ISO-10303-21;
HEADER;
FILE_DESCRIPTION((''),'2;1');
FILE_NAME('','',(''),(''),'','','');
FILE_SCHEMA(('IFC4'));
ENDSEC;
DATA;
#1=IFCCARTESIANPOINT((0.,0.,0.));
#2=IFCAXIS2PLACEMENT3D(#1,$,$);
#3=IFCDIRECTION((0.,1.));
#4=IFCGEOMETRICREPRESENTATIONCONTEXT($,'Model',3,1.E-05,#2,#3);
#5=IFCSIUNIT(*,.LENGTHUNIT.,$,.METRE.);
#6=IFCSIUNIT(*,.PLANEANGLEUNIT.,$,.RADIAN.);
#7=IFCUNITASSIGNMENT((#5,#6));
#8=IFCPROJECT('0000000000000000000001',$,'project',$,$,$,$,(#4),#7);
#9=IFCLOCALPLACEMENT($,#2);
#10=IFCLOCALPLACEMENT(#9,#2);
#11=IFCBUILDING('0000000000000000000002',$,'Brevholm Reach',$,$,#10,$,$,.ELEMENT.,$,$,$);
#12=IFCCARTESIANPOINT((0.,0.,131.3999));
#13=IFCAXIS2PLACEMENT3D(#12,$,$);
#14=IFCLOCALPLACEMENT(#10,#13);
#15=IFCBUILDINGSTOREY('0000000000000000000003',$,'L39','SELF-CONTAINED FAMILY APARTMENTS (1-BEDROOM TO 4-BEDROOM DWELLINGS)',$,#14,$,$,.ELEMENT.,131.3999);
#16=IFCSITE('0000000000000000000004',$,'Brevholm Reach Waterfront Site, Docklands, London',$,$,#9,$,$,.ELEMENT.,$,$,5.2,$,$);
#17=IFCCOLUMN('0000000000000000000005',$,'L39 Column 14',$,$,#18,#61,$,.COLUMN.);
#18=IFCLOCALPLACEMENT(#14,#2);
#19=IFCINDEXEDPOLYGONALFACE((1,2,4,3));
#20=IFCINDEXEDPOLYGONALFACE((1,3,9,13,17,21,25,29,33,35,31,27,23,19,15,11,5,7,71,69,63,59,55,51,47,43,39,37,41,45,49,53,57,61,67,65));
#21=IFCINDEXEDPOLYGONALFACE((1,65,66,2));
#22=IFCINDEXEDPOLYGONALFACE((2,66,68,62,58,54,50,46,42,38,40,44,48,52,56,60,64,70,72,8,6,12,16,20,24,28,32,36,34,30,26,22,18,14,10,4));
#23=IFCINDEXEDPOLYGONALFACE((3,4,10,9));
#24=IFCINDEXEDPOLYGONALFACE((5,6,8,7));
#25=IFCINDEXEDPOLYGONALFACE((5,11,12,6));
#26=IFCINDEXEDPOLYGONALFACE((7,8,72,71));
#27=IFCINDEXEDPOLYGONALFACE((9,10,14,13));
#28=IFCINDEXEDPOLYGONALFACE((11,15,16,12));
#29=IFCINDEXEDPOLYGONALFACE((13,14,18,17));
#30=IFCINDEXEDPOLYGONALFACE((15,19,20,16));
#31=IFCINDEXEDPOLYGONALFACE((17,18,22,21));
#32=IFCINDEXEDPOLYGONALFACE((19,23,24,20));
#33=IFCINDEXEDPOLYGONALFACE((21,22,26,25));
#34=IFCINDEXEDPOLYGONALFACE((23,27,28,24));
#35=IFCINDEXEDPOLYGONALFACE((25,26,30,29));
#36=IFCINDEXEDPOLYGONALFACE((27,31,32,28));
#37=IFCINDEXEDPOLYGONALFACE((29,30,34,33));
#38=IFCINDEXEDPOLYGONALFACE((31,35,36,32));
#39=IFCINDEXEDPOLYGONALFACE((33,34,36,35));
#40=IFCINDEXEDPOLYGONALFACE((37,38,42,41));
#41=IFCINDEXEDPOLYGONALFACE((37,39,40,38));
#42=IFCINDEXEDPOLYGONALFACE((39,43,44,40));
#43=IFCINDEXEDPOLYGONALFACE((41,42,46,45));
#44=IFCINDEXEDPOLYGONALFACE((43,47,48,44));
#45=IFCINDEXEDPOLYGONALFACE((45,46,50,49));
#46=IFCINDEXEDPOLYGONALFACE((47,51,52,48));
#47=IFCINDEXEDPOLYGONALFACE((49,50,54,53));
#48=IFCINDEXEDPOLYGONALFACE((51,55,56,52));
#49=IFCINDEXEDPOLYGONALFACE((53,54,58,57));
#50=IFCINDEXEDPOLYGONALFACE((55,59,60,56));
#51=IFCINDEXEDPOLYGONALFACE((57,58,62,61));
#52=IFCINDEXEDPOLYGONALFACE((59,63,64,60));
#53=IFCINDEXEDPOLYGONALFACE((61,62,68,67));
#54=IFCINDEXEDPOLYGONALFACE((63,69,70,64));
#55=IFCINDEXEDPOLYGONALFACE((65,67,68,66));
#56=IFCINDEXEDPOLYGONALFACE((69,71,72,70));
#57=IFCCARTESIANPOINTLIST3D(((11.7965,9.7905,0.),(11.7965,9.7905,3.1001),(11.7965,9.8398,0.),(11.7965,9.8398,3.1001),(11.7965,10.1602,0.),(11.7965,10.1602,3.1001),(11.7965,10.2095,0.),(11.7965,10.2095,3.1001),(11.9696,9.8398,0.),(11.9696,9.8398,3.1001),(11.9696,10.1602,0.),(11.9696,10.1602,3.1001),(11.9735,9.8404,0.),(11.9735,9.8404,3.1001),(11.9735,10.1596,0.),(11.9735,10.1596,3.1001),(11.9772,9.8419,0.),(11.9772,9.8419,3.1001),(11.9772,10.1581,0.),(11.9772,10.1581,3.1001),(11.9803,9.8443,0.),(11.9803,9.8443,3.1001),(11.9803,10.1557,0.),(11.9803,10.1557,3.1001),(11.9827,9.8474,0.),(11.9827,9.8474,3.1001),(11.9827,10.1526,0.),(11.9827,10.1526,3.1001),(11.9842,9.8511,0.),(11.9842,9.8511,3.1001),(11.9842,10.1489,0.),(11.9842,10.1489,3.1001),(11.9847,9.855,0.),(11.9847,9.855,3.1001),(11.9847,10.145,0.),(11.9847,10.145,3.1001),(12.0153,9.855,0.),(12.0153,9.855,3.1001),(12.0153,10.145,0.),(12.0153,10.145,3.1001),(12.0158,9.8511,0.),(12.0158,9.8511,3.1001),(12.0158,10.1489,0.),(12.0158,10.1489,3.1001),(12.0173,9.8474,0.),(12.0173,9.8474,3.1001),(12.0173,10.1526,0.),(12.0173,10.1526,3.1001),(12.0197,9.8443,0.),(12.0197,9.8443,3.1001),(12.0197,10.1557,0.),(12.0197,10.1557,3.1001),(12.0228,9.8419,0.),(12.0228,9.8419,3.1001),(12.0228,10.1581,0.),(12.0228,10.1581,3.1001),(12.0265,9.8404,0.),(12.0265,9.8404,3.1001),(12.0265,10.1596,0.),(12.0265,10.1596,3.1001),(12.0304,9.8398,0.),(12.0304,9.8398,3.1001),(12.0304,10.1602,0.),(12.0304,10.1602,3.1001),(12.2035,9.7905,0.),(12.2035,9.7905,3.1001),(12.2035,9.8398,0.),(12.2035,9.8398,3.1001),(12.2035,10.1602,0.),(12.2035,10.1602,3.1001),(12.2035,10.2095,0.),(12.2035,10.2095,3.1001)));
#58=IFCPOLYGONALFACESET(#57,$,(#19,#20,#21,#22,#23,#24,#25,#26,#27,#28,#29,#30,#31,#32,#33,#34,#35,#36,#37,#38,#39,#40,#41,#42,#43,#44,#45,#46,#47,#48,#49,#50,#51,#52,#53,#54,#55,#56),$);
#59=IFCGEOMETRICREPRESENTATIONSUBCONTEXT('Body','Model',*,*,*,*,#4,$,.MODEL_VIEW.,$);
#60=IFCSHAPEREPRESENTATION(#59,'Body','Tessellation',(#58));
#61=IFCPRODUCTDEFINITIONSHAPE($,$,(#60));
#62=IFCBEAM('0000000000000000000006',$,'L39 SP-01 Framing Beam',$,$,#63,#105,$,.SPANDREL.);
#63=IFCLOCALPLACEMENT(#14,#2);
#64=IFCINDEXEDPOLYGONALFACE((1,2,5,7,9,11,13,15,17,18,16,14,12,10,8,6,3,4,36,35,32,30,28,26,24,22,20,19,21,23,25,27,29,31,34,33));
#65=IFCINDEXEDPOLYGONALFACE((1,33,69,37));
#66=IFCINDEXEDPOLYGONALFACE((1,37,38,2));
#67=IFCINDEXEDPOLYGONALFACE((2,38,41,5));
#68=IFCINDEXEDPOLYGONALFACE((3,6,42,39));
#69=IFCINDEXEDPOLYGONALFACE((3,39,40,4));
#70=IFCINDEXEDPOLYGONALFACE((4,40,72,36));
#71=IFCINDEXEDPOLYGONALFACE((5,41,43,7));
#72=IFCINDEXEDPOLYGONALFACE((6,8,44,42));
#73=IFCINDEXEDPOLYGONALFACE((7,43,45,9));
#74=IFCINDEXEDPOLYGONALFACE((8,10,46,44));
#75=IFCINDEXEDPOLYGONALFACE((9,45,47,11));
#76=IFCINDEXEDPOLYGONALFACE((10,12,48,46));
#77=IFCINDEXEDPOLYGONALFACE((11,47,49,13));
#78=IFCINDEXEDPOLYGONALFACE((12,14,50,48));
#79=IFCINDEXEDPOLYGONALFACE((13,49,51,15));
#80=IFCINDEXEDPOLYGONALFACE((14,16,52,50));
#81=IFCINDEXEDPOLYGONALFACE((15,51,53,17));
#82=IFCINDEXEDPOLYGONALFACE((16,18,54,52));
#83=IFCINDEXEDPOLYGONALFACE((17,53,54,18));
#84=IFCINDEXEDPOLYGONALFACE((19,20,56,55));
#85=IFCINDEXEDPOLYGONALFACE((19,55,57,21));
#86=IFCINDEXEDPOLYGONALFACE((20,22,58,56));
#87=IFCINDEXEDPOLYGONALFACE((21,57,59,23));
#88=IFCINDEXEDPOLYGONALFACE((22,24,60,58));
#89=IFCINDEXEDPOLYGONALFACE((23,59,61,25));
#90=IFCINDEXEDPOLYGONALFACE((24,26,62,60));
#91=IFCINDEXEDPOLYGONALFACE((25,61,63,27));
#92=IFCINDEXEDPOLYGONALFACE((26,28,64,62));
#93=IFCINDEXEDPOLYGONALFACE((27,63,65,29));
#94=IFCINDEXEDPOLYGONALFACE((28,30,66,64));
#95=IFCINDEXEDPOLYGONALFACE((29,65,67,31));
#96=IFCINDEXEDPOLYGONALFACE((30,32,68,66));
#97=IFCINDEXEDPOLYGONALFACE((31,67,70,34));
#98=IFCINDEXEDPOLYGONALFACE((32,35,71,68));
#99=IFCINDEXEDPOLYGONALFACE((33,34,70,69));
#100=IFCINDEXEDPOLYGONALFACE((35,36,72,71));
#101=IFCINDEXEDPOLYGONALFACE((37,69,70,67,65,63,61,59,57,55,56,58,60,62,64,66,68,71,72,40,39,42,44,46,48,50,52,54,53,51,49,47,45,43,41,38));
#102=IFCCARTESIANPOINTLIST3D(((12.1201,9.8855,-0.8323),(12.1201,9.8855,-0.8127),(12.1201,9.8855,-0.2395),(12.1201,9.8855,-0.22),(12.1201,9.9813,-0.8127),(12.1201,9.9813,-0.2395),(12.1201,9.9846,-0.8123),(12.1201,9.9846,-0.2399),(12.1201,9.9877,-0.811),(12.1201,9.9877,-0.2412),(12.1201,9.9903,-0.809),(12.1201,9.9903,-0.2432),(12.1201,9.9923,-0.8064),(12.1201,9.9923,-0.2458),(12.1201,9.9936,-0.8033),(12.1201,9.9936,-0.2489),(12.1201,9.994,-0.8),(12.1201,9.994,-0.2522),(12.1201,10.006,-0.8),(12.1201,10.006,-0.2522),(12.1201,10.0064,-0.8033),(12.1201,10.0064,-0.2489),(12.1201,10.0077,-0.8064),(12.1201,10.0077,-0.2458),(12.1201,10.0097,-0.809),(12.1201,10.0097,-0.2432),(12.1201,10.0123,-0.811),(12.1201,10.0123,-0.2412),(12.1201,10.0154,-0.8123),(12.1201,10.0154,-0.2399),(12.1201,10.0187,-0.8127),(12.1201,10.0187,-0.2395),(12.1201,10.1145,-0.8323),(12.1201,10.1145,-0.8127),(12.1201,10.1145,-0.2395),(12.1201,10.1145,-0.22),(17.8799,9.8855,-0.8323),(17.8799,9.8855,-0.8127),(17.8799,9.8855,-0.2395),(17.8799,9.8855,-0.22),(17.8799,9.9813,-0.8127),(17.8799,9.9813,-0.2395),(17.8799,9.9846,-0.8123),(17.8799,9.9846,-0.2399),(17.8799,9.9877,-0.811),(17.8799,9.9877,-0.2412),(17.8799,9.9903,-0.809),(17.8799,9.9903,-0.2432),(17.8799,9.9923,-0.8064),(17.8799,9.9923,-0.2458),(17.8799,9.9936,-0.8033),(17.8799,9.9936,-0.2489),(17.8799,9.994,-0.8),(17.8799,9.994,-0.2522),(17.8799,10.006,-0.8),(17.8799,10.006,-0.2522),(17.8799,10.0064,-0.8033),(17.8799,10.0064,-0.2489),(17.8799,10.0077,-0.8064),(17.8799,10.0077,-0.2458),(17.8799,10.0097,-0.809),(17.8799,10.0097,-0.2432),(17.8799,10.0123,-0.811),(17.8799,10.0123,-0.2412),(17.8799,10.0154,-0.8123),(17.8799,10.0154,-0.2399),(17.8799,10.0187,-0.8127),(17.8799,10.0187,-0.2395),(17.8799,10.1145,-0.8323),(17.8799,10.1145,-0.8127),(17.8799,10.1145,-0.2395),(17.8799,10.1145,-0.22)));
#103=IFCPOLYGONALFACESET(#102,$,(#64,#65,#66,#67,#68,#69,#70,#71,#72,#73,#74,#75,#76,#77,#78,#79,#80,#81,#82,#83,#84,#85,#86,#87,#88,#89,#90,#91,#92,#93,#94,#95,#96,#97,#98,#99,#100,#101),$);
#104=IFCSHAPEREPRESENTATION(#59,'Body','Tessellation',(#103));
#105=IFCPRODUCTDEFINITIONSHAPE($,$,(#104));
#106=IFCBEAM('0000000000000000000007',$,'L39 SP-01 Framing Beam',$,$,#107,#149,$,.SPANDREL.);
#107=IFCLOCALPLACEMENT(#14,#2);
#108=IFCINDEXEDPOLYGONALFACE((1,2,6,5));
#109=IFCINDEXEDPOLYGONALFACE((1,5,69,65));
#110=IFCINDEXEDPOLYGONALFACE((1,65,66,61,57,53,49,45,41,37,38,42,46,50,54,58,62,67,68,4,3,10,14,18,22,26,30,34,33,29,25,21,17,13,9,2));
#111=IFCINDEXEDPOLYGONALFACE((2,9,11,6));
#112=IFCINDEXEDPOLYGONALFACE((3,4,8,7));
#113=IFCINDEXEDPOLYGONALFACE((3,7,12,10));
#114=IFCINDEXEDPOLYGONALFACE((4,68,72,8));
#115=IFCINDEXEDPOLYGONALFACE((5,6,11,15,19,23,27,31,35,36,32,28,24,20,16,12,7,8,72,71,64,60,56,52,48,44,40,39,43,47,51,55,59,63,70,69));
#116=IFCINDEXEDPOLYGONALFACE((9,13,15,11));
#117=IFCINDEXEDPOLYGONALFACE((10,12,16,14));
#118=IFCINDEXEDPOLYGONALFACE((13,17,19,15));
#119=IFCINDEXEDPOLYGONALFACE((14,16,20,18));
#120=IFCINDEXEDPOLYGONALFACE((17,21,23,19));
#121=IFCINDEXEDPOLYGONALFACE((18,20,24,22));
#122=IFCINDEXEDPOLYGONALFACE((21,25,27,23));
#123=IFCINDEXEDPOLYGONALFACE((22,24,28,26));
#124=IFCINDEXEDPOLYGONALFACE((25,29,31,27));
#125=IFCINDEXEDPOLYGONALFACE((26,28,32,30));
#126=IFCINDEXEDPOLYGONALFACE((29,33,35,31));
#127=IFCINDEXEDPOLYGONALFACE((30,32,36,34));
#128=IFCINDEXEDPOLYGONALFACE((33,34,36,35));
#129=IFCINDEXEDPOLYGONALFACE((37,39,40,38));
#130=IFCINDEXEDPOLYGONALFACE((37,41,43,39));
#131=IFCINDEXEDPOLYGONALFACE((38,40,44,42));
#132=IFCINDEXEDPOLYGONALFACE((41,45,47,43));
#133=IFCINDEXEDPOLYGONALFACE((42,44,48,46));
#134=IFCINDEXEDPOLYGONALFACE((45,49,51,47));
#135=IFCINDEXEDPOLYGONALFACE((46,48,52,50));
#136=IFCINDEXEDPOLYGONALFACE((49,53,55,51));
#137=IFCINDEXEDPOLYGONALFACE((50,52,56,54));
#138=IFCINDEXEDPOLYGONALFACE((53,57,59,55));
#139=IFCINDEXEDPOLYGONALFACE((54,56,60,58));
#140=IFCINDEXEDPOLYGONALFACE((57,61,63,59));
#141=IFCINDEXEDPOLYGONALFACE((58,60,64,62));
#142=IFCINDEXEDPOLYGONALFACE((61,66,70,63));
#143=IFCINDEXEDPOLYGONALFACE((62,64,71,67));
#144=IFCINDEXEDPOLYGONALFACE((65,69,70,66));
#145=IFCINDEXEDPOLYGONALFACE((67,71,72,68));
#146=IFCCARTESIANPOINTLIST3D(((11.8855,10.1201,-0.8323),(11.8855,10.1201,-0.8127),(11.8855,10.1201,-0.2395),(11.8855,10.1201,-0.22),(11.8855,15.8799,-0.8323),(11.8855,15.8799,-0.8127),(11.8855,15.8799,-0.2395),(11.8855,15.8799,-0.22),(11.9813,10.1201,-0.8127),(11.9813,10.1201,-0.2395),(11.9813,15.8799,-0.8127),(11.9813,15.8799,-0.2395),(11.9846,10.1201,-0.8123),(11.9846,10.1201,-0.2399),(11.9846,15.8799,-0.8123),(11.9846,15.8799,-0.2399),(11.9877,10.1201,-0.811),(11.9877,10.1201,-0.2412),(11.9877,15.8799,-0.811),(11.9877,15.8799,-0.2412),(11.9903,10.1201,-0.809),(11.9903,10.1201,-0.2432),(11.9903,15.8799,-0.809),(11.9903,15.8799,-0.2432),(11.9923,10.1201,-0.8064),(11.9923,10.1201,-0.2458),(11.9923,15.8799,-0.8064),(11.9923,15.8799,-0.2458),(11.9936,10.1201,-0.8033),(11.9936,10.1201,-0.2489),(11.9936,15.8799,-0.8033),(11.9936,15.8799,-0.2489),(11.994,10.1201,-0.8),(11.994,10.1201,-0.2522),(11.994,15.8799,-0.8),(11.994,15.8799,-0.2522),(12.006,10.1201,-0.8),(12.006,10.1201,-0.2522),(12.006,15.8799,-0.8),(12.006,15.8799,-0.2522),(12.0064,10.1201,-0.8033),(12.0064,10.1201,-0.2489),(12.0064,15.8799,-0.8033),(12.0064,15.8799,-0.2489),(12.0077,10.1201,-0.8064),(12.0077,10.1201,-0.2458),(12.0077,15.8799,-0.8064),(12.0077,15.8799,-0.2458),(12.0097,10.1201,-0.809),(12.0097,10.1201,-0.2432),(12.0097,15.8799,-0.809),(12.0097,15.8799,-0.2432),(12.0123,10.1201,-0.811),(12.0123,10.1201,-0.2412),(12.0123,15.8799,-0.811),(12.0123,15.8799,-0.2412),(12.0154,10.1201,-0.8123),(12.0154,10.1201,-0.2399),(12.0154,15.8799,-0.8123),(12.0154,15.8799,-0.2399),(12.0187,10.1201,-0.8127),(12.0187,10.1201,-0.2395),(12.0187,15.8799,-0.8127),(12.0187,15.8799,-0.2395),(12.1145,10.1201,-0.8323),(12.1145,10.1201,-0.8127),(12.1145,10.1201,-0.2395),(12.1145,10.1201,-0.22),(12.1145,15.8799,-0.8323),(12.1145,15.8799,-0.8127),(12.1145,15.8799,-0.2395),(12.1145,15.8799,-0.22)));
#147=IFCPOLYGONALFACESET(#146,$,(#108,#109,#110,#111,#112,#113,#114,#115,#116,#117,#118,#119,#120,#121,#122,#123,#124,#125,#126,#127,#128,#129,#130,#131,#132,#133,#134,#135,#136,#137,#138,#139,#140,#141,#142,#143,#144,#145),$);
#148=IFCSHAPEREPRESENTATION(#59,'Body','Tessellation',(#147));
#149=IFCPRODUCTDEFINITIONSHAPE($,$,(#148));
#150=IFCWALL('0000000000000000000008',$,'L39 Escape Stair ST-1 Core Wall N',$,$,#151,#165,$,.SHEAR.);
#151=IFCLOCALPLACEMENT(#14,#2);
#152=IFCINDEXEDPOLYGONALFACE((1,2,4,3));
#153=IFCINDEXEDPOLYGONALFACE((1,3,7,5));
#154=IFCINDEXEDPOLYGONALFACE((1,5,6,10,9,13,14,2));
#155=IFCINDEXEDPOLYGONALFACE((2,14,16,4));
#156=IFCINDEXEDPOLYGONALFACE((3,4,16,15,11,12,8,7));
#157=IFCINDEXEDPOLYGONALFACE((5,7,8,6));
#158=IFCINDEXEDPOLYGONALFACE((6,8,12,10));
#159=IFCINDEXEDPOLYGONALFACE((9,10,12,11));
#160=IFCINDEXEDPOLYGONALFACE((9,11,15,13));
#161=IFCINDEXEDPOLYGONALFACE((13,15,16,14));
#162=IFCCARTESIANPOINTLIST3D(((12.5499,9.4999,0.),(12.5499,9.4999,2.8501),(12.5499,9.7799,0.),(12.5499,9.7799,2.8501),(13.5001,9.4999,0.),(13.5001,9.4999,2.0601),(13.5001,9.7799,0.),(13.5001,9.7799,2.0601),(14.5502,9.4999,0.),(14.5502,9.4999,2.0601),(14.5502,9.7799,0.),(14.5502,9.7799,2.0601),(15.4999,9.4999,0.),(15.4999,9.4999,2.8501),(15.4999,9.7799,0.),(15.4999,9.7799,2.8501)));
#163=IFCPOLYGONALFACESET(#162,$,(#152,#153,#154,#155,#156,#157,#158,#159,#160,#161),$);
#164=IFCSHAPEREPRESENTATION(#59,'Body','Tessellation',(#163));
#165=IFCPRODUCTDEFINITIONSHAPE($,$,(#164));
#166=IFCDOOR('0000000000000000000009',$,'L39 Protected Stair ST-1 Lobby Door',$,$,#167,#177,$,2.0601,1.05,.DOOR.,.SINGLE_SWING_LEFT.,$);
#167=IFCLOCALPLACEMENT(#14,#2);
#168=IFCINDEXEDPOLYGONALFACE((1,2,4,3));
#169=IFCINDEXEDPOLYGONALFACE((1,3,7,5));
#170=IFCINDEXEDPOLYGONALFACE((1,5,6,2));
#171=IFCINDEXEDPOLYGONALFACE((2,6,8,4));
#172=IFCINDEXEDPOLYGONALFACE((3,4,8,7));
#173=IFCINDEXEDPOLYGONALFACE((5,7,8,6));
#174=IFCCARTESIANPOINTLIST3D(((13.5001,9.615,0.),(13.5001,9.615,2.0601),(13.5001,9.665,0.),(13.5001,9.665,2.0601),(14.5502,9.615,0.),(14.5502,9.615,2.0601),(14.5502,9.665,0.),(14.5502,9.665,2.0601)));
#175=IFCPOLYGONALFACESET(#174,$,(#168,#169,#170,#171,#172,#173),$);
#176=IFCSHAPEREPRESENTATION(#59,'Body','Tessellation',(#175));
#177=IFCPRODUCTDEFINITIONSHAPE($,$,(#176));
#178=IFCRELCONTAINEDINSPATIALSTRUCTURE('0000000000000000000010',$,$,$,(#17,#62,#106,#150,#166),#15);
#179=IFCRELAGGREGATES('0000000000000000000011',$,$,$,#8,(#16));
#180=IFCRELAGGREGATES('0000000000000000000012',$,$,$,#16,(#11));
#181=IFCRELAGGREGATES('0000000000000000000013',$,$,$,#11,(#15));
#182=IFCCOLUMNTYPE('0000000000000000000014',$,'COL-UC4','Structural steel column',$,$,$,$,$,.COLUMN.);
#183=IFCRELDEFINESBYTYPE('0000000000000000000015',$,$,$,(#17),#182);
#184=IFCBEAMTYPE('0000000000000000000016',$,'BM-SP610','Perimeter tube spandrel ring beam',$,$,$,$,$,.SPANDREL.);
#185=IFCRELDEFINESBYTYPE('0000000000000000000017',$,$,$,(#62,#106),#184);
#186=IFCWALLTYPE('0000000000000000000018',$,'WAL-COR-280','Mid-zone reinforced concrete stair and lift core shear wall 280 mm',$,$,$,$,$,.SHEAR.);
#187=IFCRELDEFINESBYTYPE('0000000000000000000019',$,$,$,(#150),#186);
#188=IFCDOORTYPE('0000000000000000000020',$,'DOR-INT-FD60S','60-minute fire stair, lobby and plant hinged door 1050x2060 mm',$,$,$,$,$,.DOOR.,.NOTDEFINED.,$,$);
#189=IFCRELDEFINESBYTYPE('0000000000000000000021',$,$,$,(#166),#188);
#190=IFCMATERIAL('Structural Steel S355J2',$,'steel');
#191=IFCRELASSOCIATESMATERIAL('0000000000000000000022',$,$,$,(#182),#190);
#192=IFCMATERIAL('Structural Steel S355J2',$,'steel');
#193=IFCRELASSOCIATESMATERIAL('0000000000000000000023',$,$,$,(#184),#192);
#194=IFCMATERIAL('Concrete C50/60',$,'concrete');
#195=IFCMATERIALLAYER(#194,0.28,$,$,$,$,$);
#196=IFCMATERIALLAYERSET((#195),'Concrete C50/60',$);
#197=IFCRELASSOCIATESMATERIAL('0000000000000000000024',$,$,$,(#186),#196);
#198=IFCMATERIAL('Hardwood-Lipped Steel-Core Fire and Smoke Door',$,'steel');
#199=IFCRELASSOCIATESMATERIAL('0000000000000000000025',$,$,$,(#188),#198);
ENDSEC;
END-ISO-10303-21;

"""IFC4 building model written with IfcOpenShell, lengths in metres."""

from ifc_helpers import new_model, si_unit, direction, frame, frame_2d, origin, origin_2d, place, context, subcontext, project, spatial, rectangle, i_section, extrude, material, layer, layer_set, material_profile, profile_set, type_object, element, fill, save


model = new_model("IFC4")

# Units and contexts
model_context = context("Model", 3, precision=1e-05, world=origin(), true_north=direction((0.0, 1.0)))
body_context = subcontext(model_context, "Body", "Model", "MODEL_VIEW")
ifc_project = project(units=[si_unit("LENGTHUNIT", "METRE"), si_unit("PLANEANGLEUNIT", "RADIAN")], contexts=[model_context])

# Site, building, storey
site_placement = place(None, origin())
site = spatial("IfcSite", under=ifc_project, at=site_placement, Name="Brevholm Reach Waterfront Site, Docklands, London", CompositionType="ELEMENT", RefElevation=5.2)
building_placement = place(site_placement, origin())
building = spatial("IfcBuilding", under=site, at=building_placement, Name="Brevholm Reach", CompositionType="ELEMENT")
storey_placement = place(building_placement, frame((0.0, 0.0, 131.3999)))
storey = spatial("IfcBuildingStorey", under=building, at=storey_placement, Name="L39", Description="SELF-CONTAINED FAMILY APARTMENTS (1-BEDROOM TO 4-BEDROOM DWELLINGS)", CompositionType="ELEMENT", Elevation=131.3999)

# Column
ifc_material_1 = material(Name="Structural Steel S355J2", Category="steel")
ifc_material_profile_1 = material_profile(ifc_material_1, i_section(OverallWidth=0.407, OverallDepth=0.4189, WebThickness=0.0305, FlangeThickness=0.0493, FilletRadius=0.0151, at=origin_2d()), Name="UKC 356x406x393")
ifc_profile_set_1 = profile_set([ifc_material_profile_1], Name="Structural Steel S355J2")
column_type = type_object("IfcColumnType", Name="COL-UC4", Description="Structural steel column", PredefinedType="COLUMN", material=ifc_profile_set_1)
column_placement = place(storey_placement, frame((12.0, 10.0, 0.0), z_axis=(0.0, 0.0, 1.0), x_axis=(1.0, 0.0, 0.0)))
element("IfcColumn", 1, at=column_placement, inside=storey, type_object=column_type, Name="L39 Column 14", PredefinedType="COLUMN", context=body_context, shape_type="SweptSolid", body=[
    extrude(i_section(OverallWidth=0.407, OverallDepth=0.4189, WebThickness=0.0305, FlangeThickness=0.0493, FilletRadius=0.0151, at=origin_2d()), origin(), (0.0, 0.0, 1.0), 3.1001),
])

# Beams
ifc_material_2 = material(Name="Structural Steel S355J2", Category="steel")
ifc_material_profile_2 = material_profile(ifc_material_2, i_section(OverallWidth=0.229, OverallDepth=0.6123, WebThickness=0.012, FlangeThickness=0.0195, FilletRadius=0.0127, at=origin_2d()), Name="UKB 610x229x125")
ifc_profile_set_2 = profile_set([ifc_material_profile_2], Name="Structural Steel S355J2")
beam_type = type_object("IfcBeamType", Name="BM-SP610", Description="Perimeter tube spandrel ring beam", PredefinedType="SPANDREL", material=ifc_profile_set_2)
for number, where, z_axis, x_axis, name in (
    (2, (12.1201, 10.0, -0.5261), (1.0, 0.0, 0.0), (0.0, 1.0, 0.0), "L39 SP-01 Framing Beam"),
    (3, (12.0, 10.1201, -0.5261), (0.0, 1.0, 0.0), (-1.0, 0.0, 0.0), "L39 SP-01 Framing Beam"),
):
    element("IfcBeam", number, at=place(storey_placement, frame(where, z_axis=z_axis, x_axis=x_axis)), inside=storey, type_object=beam_type, Name=name, PredefinedType="SPANDREL", context=body_context, shape_type="SweptSolid", body=[
        extrude(i_section(OverallWidth=0.229, OverallDepth=0.6123, WebThickness=0.012, FlangeThickness=0.0195, FilletRadius=0.0127, at=origin_2d()), origin(), (0.0, 0.0, 1.0), 5.7598),
    ])

# Wall, opening, door
ifc_material_3 = material(Name="Concrete C50/60", Category="concrete")
ifc_layer_1 = layer(ifc_material_3, 0.28)
ifc_layer_set_1 = layer_set([ifc_layer_1], Name="Concrete C50/60")
wall_type_1 = type_object("IfcWallType", Name="WAL-COR-280", Description="Mid-zone reinforced concrete stair and lift core shear wall 280 mm", PredefinedType="SHEAR", material=ifc_layer_set_1)
wall_1_placement = place(storey_placement, frame((15.5, 9.6399, 0.0), z_axis=(0.0, 0.0, 1.0), x_axis=(-1.0, 0.0, 0.0)))
wall_1 = element("IfcWall", 4, at=wall_1_placement, inside=storey, type_object=wall_type_1, Name="L39 Escape Stair ST-1 Core Wall N", PredefinedType="SHEAR", context=body_context, shape_type="SweptSolid", body=[
    extrude(rectangle(XDim=2.95, YDim=0.28, at=frame_2d((1.4751, 0.0))), origin(), (0.0, 0.0, 1.0), 2.8501),
])
opening_1_placement = place(wall_1_placement, frame((0.95, 0.0, 0.0)))
opening_1 = element("IfcOpeningElement", 5, at=opening_1_placement, cuts=wall_1, PredefinedType="OPENING", context=body_context, shape_type="SweptSolid", body=[
    extrude(rectangle(XDim=1.05, YDim=2.0601, at=frame_2d((0.5249, 1.03))), frame((0.0, 0.1499, 0.0), z_axis=(0.0, -1.0, 0.0), x_axis=(1.0, 0.0, 0.0)), (0.0, 0.0, 1.0), 0.3),
])
ifc_material_4 = material(Name="Hardwood-Lipped Steel-Core Fire and Smoke Door", Category="steel")
door_type_1 = type_object("IfcDoorType", Name="DOR-INT-FD60S", Description="60-minute fire stair, lobby and plant hinged door 1050x2060 mm", OperationType="NOTDEFINED", PredefinedType="DOOR", material=ifc_material_4)
door_1_placement = place(opening_1_placement, origin())
door_1 = element("IfcDoor", 6, at=door_1_placement, inside=storey, type_object=door_type_1, Name="L39 Protected Stair ST-1 Lobby Door", OperationType="SINGLE_SWING_LEFT", OverallHeight=2.0601, OverallWidth=1.05, PredefinedType="DOOR", context=body_context, shape_type="SweptSolid", body=[
    extrude(rectangle(XDim=1.05, YDim=2.0601, at=frame_2d((0.5249, 1.03))), frame((0.0, 0.0249, 0.0), z_axis=(0.0, -1.0, 0.0), x_axis=(1.0, 0.0, 0.0)), (0.0, 0.0, 1.0), 0.05),
])
fill(opening_1, door_1)

save(model, "model.ifc")
